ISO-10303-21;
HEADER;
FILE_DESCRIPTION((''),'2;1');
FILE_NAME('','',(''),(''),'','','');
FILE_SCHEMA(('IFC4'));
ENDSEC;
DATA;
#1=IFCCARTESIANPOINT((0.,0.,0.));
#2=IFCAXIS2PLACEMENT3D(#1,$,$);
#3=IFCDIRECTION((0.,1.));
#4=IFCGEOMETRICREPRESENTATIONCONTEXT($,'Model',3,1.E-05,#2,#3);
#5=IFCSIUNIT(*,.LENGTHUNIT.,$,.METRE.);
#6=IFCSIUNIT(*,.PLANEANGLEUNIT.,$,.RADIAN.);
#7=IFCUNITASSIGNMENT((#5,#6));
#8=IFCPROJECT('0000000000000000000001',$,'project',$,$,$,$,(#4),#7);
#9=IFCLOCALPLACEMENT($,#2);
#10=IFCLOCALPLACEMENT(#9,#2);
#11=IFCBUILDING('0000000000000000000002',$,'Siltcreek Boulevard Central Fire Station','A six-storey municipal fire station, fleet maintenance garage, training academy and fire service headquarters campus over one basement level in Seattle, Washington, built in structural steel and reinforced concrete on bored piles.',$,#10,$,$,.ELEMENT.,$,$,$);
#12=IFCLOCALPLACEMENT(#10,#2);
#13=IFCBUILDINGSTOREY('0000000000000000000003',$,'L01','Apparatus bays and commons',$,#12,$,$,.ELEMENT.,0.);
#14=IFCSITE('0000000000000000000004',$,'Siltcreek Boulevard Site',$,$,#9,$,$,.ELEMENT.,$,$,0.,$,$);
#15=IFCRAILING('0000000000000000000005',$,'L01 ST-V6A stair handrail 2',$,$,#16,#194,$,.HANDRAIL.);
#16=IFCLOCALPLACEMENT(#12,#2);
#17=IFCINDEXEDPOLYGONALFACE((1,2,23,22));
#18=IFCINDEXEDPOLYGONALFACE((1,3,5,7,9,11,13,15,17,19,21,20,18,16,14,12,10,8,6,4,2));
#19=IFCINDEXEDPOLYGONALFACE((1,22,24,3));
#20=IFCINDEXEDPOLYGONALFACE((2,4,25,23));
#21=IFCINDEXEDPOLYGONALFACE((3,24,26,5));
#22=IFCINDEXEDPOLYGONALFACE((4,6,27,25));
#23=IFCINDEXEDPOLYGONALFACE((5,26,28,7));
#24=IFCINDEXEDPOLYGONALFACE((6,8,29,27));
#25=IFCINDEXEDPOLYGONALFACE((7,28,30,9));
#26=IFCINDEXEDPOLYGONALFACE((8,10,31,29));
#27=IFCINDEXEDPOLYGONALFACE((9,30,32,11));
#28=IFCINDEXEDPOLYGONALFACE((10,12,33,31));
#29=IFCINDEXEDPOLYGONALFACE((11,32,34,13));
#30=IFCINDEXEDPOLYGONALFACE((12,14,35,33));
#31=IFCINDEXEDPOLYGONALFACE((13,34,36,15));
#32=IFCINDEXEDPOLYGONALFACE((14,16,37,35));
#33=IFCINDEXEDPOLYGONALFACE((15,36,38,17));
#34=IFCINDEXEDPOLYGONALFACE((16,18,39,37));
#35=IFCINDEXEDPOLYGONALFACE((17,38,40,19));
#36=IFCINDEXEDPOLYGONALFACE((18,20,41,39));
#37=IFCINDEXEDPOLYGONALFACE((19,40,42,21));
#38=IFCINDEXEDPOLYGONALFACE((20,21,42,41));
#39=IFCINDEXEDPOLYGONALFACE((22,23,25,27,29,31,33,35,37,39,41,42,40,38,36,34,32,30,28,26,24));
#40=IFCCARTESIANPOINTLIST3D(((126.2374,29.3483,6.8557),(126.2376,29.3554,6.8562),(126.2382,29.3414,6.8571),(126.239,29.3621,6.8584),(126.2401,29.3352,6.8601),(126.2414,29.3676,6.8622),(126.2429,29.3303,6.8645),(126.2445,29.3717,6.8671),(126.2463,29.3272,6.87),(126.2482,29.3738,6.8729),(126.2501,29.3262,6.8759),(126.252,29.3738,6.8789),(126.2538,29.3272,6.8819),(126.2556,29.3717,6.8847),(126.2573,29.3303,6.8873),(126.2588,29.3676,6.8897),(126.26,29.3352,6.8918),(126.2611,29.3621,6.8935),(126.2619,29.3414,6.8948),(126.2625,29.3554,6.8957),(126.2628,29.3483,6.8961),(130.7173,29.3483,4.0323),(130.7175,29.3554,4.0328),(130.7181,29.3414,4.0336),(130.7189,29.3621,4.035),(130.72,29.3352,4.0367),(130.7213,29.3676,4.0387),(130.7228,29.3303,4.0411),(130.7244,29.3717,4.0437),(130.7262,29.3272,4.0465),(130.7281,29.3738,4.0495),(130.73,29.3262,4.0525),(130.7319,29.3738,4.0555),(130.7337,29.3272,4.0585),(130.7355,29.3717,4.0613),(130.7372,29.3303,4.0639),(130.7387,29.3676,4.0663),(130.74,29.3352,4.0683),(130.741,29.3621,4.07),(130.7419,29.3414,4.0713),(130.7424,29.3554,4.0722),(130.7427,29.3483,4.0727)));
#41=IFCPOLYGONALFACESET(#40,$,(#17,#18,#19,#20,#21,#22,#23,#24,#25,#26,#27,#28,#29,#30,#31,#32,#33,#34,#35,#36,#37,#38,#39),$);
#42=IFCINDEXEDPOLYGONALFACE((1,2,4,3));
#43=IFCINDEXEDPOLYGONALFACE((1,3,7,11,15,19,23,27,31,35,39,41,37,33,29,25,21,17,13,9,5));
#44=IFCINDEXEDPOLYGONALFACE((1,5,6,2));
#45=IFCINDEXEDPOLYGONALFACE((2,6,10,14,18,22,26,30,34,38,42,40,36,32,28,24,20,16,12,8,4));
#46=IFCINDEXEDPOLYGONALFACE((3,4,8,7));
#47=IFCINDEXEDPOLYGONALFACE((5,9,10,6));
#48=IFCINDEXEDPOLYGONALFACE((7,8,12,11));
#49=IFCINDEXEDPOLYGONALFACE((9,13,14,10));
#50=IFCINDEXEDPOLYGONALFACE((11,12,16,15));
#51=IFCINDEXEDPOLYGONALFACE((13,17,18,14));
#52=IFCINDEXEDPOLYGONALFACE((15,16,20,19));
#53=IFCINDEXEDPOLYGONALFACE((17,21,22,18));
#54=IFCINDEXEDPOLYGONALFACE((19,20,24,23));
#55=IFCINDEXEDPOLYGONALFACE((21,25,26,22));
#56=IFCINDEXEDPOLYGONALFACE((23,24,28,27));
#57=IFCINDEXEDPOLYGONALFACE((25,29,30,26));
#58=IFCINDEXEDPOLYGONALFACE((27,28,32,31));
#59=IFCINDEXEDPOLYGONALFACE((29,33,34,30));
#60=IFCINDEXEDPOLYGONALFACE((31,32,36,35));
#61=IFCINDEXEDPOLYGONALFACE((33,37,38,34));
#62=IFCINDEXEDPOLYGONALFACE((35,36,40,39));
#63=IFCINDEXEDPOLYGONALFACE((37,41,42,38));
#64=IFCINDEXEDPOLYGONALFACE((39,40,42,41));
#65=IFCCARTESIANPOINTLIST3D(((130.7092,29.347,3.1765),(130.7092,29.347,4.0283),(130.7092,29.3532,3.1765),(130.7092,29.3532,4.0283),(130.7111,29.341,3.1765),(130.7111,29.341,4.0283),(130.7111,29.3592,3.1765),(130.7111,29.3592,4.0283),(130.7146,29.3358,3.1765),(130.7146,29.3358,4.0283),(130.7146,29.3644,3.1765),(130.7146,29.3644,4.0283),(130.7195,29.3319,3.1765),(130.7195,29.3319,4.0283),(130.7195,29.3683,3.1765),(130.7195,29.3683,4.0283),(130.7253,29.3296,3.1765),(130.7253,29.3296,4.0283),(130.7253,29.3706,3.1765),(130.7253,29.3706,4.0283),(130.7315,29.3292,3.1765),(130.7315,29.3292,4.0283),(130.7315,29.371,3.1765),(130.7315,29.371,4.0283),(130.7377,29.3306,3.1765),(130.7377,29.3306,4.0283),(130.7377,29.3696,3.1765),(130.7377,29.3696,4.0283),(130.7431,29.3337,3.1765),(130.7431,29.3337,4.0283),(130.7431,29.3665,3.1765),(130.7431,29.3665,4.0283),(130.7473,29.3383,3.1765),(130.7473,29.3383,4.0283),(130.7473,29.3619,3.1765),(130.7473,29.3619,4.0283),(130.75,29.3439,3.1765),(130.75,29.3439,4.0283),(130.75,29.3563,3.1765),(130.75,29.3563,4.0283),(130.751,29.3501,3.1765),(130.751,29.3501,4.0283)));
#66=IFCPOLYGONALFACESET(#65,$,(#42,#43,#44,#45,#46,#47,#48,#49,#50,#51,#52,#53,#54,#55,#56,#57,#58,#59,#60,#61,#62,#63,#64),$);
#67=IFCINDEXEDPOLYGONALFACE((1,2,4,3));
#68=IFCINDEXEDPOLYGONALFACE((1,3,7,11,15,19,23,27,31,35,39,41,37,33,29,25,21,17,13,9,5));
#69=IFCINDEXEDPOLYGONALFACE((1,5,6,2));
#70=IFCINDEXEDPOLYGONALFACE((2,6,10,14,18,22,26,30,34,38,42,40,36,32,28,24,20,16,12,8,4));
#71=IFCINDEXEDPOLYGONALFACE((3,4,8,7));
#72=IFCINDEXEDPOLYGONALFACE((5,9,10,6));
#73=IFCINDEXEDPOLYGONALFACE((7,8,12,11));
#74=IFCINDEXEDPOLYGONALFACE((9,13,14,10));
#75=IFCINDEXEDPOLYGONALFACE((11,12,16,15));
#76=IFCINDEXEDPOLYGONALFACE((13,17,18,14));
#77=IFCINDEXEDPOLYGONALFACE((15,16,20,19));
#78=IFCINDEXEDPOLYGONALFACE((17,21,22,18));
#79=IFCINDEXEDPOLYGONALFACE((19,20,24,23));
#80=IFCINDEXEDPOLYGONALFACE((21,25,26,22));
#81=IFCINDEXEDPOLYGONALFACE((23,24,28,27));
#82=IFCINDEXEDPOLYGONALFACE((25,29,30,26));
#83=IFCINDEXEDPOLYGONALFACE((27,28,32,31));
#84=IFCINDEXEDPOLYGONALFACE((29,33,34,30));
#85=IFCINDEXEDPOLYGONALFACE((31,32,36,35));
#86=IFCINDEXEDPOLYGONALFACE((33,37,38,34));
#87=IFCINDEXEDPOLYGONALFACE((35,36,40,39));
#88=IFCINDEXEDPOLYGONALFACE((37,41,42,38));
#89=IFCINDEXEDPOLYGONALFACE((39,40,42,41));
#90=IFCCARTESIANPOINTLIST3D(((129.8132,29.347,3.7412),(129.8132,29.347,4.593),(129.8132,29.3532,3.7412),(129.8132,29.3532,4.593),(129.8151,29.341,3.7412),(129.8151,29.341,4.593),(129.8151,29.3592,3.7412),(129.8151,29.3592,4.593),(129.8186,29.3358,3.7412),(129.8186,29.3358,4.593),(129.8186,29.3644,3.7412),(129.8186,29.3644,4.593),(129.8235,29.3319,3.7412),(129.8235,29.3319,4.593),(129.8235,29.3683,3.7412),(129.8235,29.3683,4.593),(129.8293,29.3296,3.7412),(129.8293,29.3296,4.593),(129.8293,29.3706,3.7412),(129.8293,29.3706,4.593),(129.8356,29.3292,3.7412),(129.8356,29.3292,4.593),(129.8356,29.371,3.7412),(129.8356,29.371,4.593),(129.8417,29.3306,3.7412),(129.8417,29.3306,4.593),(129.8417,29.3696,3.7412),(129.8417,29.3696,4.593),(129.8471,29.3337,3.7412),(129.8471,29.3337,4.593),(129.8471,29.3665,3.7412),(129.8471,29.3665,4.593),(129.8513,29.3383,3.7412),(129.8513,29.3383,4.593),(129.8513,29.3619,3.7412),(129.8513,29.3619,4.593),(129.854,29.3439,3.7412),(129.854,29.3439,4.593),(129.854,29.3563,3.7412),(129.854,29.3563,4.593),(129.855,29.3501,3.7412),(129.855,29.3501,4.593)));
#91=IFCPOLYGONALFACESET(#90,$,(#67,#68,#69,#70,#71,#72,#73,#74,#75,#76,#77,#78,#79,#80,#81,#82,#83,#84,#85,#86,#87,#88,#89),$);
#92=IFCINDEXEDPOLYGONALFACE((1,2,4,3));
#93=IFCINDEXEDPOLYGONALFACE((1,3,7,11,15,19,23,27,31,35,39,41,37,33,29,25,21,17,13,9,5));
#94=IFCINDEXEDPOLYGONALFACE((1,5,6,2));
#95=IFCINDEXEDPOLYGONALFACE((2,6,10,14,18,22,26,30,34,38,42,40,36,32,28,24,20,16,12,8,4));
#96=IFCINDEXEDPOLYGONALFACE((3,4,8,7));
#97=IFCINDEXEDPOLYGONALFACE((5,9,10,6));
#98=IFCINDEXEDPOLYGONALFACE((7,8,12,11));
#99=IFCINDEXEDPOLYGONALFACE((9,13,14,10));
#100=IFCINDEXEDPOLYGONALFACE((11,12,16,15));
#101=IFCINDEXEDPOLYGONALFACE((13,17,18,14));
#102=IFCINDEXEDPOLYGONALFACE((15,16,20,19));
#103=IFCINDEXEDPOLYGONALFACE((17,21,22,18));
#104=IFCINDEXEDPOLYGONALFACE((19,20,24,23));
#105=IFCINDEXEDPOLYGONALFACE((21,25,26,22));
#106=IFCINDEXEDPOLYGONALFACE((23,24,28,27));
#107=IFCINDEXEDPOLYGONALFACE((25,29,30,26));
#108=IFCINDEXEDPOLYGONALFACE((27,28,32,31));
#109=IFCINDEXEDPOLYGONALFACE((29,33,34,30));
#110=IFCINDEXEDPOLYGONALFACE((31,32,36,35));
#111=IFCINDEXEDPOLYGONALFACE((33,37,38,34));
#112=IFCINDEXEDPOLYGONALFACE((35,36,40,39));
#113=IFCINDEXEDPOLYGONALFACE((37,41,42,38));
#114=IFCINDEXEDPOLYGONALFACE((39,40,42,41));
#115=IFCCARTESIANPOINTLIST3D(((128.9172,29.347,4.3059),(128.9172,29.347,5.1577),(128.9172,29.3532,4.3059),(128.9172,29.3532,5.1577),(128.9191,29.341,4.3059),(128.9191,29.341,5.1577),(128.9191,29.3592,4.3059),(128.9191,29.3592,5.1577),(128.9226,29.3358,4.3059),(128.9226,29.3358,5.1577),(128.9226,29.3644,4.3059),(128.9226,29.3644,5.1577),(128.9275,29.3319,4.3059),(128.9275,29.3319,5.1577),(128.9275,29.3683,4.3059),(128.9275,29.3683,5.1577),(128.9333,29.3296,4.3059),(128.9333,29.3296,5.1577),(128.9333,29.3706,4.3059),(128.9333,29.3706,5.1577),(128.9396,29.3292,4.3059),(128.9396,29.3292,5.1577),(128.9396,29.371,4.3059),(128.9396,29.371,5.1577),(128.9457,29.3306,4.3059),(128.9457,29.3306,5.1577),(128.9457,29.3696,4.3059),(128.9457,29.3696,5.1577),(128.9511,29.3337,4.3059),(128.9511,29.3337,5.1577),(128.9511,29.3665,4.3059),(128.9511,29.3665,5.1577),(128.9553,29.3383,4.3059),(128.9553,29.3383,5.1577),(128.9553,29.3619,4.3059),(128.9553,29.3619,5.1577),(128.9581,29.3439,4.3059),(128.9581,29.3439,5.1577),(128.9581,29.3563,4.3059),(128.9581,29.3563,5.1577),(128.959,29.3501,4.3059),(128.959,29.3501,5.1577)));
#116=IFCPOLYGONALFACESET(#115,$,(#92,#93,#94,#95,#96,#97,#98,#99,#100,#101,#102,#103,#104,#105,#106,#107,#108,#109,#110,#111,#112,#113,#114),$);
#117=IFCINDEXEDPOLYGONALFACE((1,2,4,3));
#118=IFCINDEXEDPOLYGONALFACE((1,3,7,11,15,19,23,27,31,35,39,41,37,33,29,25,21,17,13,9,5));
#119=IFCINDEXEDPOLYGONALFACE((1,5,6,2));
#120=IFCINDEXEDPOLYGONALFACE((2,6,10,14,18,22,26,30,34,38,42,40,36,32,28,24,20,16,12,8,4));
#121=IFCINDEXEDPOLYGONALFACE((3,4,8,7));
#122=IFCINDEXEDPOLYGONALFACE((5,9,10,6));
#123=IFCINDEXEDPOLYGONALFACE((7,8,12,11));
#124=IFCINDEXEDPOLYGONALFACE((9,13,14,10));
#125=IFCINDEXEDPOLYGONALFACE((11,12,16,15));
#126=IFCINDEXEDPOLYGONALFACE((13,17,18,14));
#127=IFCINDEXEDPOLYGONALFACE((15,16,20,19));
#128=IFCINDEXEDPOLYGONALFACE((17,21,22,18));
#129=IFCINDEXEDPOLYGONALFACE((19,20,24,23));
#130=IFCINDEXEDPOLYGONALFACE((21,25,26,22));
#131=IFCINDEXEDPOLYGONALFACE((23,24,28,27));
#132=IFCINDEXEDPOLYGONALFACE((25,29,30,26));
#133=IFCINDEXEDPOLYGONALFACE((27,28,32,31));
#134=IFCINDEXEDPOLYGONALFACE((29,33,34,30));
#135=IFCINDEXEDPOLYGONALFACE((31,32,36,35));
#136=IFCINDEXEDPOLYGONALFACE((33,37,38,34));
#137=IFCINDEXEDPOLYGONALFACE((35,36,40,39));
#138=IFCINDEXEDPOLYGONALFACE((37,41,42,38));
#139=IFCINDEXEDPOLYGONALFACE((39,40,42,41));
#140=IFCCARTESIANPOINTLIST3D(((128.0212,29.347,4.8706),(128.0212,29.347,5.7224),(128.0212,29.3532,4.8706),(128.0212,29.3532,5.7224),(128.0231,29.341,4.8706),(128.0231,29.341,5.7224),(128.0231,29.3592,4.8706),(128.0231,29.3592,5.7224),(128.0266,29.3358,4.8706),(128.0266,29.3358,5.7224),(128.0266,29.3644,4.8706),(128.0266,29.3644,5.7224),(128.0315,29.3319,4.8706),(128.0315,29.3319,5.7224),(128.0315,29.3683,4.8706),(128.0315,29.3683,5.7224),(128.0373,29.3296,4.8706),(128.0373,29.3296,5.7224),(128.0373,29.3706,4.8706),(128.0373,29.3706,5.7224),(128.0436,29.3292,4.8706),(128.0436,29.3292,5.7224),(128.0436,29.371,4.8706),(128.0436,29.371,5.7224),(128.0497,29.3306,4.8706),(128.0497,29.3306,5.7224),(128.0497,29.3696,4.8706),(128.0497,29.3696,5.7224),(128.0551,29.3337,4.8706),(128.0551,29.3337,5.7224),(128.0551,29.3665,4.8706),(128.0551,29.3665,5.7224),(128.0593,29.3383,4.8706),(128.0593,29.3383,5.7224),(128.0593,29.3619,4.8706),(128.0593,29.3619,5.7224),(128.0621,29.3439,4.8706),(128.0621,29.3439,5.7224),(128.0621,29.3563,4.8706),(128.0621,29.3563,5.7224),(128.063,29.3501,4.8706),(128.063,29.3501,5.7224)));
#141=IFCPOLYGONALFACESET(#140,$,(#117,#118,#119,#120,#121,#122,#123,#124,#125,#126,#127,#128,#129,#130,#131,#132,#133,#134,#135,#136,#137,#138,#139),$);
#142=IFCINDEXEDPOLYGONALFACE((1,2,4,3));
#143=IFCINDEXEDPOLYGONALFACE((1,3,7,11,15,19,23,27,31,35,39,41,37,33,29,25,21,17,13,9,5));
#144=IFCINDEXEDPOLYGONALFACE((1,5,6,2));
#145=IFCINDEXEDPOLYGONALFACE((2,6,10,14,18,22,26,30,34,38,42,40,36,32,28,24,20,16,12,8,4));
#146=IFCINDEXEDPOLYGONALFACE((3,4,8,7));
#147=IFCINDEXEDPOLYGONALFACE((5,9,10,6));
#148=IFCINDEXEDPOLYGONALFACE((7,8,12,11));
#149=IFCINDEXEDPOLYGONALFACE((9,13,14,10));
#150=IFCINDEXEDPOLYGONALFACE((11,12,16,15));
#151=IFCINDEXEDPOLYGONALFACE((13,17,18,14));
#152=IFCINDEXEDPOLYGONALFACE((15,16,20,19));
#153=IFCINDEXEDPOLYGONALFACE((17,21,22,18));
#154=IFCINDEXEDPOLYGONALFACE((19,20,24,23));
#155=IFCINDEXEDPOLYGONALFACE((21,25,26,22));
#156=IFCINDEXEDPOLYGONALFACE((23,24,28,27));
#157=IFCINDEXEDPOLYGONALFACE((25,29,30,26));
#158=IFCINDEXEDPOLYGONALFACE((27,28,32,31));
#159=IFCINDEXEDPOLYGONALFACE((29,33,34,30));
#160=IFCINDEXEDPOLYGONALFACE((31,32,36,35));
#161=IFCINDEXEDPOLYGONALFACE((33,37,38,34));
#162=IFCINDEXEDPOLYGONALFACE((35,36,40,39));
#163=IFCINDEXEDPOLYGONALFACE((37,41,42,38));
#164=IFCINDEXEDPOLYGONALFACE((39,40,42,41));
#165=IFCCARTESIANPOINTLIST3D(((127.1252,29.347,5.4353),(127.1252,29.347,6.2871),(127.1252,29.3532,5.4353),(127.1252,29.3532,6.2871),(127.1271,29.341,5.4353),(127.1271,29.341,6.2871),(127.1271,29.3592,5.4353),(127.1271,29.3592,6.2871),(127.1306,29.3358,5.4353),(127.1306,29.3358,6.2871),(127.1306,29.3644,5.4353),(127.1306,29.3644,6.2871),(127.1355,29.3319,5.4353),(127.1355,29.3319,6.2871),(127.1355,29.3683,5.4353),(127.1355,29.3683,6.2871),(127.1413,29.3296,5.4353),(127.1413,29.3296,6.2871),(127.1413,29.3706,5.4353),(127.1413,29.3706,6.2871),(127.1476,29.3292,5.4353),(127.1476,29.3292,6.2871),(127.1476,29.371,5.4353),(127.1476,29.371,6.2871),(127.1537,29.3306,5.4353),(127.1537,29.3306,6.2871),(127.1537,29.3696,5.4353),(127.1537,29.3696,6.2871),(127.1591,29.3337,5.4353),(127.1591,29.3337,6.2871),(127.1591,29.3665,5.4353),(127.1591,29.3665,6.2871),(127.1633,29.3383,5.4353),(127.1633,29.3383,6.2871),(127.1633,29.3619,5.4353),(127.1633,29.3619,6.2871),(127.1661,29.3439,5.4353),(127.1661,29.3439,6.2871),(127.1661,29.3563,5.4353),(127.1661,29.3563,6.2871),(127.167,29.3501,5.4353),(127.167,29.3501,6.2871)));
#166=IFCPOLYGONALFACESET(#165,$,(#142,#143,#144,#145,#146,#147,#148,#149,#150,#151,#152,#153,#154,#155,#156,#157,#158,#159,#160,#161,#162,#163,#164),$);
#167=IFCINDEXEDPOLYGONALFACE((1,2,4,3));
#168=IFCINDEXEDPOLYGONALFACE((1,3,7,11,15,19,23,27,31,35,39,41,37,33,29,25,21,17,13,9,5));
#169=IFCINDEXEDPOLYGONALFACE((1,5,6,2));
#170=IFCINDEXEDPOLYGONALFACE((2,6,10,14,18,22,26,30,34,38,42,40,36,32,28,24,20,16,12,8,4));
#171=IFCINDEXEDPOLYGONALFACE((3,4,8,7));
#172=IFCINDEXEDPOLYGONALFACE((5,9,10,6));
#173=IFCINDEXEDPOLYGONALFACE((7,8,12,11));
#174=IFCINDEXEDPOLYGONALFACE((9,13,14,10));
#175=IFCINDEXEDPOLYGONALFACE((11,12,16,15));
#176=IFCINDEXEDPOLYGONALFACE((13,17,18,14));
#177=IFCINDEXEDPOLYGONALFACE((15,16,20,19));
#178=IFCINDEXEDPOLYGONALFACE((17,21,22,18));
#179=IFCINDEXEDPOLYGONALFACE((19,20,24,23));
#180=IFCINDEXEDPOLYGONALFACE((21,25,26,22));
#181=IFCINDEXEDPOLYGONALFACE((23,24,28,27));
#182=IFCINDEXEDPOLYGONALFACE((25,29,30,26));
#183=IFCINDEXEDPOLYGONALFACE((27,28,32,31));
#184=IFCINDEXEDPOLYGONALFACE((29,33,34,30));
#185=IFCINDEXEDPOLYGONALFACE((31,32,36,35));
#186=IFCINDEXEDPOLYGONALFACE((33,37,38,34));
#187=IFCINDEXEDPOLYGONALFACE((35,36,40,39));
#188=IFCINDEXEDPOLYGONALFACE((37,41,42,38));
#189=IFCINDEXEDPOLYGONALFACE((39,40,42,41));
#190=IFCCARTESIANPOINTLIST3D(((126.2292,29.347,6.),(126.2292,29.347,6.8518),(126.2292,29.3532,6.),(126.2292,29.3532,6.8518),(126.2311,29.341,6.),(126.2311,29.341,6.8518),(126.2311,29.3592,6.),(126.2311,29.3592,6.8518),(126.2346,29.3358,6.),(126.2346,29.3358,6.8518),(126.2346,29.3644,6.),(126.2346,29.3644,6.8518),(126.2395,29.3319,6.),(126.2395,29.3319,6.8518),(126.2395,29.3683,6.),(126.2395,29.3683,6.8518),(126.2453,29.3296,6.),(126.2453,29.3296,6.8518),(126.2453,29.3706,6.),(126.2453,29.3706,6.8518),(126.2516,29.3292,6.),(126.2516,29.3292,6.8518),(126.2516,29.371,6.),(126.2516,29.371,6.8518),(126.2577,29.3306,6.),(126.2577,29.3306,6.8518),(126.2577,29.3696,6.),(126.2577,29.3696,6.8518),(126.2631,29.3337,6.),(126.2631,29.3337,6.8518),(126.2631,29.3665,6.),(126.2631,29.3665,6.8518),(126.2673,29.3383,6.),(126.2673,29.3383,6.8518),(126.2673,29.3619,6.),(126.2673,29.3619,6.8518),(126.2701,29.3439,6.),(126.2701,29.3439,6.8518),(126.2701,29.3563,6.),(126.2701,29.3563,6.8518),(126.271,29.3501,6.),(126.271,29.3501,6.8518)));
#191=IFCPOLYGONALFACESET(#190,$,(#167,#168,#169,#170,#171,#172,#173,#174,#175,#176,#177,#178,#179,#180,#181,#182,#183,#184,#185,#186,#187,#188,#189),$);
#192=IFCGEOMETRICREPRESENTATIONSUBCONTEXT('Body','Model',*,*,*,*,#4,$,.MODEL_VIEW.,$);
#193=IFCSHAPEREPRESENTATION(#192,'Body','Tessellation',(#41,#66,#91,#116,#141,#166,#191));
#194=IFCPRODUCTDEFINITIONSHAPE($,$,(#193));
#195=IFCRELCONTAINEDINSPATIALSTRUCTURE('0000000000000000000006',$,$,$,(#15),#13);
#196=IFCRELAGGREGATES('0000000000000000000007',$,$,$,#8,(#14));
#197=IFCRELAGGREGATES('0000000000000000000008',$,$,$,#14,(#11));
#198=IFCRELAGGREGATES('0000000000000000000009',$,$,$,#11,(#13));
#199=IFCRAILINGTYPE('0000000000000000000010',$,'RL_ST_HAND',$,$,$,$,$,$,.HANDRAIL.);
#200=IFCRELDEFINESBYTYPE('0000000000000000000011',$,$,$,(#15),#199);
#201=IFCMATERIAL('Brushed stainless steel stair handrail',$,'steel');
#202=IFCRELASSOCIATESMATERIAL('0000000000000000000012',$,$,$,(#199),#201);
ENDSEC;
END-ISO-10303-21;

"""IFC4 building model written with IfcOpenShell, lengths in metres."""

from ifc_helpers import new_model, si_unit, direction, frame, origin, origin_2d, place, context, subcontext, project, spatial, circle, extrude, material, type_object, element, save


model = new_model("IFC4")

# Units and contexts
model_context = context("Model", 3, precision=1e-05, world=origin(), true_north=direction((0.0, 1.0)))
body_context = subcontext(model_context, "Body", "Model", "MODEL_VIEW")
ifc_project = project(units=[si_unit("LENGTHUNIT", "METRE"), si_unit("PLANEANGLEUNIT", "RADIAN")], contexts=[model_context])

# Site, building, storey
site_placement = place(None, origin())
site = spatial("IfcSite", under=ifc_project, at=site_placement, Name="Siltcreek Boulevard Site", CompositionType="ELEMENT", RefElevation=0.0)
building_placement = place(site_placement, origin())
building = spatial("IfcBuilding", under=site, at=building_placement, Name="Siltcreek Boulevard Central Fire Station", Description="A six-storey municipal fire station, fleet maintenance garage, training academy and fire service headquarters campus over one basement level in Seattle, Washington, built in structural steel and reinforced concrete on bored piles.", CompositionType="ELEMENT")
storey_placement = place(building_placement, origin())
storey = spatial("IfcBuildingStorey", under=building, at=storey_placement, Name="L01", Description="Apparatus bays and commons", CompositionType="ELEMENT", Elevation=0.0)

# Railing
ifc_material_1 = material(Name="Brushed stainless steel stair handrail", Category="steel")
railing_type_1 = type_object("IfcRailingType", Name="RL_ST_HAND", PredefinedType="HANDRAIL", material=ifc_material_1)
railing_1_placement = place(storey_placement, frame((130.73, 29.3501, 3.1765)))
element("IfcRailing", 1, at=railing_1_placement, inside=storey, type_object=railing_type_1, Name="L01 ST-V6A stair handrail 2", PredefinedType="HANDRAIL", context=body_context, shape_type="SweptSolid", body=[
    extrude(circle(Radius=0.0239, at=origin_2d()), frame((0.0, 0.0, 0.876), z_axis=(-0.845998, 0.0, 0.533186), x_axis=(0.0, -1.0, 0.0)), (0.0, 0.0, 1.0), 5.2954),
    extrude(circle(Radius=0.021, at=origin_2d()), origin(), (0.0, 0.0, 1.0), 0.8518),
    extrude(circle(Radius=0.021, at=origin_2d()), frame((-0.896, 0.0, 0.5647)), (0.0, 0.0, 1.0), 0.8518),
    extrude(circle(Radius=0.021, at=origin_2d()), frame((-1.792, 0.0, 1.1294)), (0.0, 0.0, 1.0), 0.8518),
    extrude(circle(Radius=0.021, at=origin_2d()), frame((-2.688, 0.0, 1.6941)), (0.0, 0.0, 1.0), 0.8518),
    extrude(circle(Radius=0.021, at=origin_2d()), frame((-3.584, 0.0, 2.2588)), (0.0, 0.0, 1.0), 0.8518),
    extrude(circle(Radius=0.021, at=origin_2d()), frame((-4.48, 0.0, 2.8235)), (0.0, 0.0, 1.0), 0.8518),
])

save(model, "model.ifc")
